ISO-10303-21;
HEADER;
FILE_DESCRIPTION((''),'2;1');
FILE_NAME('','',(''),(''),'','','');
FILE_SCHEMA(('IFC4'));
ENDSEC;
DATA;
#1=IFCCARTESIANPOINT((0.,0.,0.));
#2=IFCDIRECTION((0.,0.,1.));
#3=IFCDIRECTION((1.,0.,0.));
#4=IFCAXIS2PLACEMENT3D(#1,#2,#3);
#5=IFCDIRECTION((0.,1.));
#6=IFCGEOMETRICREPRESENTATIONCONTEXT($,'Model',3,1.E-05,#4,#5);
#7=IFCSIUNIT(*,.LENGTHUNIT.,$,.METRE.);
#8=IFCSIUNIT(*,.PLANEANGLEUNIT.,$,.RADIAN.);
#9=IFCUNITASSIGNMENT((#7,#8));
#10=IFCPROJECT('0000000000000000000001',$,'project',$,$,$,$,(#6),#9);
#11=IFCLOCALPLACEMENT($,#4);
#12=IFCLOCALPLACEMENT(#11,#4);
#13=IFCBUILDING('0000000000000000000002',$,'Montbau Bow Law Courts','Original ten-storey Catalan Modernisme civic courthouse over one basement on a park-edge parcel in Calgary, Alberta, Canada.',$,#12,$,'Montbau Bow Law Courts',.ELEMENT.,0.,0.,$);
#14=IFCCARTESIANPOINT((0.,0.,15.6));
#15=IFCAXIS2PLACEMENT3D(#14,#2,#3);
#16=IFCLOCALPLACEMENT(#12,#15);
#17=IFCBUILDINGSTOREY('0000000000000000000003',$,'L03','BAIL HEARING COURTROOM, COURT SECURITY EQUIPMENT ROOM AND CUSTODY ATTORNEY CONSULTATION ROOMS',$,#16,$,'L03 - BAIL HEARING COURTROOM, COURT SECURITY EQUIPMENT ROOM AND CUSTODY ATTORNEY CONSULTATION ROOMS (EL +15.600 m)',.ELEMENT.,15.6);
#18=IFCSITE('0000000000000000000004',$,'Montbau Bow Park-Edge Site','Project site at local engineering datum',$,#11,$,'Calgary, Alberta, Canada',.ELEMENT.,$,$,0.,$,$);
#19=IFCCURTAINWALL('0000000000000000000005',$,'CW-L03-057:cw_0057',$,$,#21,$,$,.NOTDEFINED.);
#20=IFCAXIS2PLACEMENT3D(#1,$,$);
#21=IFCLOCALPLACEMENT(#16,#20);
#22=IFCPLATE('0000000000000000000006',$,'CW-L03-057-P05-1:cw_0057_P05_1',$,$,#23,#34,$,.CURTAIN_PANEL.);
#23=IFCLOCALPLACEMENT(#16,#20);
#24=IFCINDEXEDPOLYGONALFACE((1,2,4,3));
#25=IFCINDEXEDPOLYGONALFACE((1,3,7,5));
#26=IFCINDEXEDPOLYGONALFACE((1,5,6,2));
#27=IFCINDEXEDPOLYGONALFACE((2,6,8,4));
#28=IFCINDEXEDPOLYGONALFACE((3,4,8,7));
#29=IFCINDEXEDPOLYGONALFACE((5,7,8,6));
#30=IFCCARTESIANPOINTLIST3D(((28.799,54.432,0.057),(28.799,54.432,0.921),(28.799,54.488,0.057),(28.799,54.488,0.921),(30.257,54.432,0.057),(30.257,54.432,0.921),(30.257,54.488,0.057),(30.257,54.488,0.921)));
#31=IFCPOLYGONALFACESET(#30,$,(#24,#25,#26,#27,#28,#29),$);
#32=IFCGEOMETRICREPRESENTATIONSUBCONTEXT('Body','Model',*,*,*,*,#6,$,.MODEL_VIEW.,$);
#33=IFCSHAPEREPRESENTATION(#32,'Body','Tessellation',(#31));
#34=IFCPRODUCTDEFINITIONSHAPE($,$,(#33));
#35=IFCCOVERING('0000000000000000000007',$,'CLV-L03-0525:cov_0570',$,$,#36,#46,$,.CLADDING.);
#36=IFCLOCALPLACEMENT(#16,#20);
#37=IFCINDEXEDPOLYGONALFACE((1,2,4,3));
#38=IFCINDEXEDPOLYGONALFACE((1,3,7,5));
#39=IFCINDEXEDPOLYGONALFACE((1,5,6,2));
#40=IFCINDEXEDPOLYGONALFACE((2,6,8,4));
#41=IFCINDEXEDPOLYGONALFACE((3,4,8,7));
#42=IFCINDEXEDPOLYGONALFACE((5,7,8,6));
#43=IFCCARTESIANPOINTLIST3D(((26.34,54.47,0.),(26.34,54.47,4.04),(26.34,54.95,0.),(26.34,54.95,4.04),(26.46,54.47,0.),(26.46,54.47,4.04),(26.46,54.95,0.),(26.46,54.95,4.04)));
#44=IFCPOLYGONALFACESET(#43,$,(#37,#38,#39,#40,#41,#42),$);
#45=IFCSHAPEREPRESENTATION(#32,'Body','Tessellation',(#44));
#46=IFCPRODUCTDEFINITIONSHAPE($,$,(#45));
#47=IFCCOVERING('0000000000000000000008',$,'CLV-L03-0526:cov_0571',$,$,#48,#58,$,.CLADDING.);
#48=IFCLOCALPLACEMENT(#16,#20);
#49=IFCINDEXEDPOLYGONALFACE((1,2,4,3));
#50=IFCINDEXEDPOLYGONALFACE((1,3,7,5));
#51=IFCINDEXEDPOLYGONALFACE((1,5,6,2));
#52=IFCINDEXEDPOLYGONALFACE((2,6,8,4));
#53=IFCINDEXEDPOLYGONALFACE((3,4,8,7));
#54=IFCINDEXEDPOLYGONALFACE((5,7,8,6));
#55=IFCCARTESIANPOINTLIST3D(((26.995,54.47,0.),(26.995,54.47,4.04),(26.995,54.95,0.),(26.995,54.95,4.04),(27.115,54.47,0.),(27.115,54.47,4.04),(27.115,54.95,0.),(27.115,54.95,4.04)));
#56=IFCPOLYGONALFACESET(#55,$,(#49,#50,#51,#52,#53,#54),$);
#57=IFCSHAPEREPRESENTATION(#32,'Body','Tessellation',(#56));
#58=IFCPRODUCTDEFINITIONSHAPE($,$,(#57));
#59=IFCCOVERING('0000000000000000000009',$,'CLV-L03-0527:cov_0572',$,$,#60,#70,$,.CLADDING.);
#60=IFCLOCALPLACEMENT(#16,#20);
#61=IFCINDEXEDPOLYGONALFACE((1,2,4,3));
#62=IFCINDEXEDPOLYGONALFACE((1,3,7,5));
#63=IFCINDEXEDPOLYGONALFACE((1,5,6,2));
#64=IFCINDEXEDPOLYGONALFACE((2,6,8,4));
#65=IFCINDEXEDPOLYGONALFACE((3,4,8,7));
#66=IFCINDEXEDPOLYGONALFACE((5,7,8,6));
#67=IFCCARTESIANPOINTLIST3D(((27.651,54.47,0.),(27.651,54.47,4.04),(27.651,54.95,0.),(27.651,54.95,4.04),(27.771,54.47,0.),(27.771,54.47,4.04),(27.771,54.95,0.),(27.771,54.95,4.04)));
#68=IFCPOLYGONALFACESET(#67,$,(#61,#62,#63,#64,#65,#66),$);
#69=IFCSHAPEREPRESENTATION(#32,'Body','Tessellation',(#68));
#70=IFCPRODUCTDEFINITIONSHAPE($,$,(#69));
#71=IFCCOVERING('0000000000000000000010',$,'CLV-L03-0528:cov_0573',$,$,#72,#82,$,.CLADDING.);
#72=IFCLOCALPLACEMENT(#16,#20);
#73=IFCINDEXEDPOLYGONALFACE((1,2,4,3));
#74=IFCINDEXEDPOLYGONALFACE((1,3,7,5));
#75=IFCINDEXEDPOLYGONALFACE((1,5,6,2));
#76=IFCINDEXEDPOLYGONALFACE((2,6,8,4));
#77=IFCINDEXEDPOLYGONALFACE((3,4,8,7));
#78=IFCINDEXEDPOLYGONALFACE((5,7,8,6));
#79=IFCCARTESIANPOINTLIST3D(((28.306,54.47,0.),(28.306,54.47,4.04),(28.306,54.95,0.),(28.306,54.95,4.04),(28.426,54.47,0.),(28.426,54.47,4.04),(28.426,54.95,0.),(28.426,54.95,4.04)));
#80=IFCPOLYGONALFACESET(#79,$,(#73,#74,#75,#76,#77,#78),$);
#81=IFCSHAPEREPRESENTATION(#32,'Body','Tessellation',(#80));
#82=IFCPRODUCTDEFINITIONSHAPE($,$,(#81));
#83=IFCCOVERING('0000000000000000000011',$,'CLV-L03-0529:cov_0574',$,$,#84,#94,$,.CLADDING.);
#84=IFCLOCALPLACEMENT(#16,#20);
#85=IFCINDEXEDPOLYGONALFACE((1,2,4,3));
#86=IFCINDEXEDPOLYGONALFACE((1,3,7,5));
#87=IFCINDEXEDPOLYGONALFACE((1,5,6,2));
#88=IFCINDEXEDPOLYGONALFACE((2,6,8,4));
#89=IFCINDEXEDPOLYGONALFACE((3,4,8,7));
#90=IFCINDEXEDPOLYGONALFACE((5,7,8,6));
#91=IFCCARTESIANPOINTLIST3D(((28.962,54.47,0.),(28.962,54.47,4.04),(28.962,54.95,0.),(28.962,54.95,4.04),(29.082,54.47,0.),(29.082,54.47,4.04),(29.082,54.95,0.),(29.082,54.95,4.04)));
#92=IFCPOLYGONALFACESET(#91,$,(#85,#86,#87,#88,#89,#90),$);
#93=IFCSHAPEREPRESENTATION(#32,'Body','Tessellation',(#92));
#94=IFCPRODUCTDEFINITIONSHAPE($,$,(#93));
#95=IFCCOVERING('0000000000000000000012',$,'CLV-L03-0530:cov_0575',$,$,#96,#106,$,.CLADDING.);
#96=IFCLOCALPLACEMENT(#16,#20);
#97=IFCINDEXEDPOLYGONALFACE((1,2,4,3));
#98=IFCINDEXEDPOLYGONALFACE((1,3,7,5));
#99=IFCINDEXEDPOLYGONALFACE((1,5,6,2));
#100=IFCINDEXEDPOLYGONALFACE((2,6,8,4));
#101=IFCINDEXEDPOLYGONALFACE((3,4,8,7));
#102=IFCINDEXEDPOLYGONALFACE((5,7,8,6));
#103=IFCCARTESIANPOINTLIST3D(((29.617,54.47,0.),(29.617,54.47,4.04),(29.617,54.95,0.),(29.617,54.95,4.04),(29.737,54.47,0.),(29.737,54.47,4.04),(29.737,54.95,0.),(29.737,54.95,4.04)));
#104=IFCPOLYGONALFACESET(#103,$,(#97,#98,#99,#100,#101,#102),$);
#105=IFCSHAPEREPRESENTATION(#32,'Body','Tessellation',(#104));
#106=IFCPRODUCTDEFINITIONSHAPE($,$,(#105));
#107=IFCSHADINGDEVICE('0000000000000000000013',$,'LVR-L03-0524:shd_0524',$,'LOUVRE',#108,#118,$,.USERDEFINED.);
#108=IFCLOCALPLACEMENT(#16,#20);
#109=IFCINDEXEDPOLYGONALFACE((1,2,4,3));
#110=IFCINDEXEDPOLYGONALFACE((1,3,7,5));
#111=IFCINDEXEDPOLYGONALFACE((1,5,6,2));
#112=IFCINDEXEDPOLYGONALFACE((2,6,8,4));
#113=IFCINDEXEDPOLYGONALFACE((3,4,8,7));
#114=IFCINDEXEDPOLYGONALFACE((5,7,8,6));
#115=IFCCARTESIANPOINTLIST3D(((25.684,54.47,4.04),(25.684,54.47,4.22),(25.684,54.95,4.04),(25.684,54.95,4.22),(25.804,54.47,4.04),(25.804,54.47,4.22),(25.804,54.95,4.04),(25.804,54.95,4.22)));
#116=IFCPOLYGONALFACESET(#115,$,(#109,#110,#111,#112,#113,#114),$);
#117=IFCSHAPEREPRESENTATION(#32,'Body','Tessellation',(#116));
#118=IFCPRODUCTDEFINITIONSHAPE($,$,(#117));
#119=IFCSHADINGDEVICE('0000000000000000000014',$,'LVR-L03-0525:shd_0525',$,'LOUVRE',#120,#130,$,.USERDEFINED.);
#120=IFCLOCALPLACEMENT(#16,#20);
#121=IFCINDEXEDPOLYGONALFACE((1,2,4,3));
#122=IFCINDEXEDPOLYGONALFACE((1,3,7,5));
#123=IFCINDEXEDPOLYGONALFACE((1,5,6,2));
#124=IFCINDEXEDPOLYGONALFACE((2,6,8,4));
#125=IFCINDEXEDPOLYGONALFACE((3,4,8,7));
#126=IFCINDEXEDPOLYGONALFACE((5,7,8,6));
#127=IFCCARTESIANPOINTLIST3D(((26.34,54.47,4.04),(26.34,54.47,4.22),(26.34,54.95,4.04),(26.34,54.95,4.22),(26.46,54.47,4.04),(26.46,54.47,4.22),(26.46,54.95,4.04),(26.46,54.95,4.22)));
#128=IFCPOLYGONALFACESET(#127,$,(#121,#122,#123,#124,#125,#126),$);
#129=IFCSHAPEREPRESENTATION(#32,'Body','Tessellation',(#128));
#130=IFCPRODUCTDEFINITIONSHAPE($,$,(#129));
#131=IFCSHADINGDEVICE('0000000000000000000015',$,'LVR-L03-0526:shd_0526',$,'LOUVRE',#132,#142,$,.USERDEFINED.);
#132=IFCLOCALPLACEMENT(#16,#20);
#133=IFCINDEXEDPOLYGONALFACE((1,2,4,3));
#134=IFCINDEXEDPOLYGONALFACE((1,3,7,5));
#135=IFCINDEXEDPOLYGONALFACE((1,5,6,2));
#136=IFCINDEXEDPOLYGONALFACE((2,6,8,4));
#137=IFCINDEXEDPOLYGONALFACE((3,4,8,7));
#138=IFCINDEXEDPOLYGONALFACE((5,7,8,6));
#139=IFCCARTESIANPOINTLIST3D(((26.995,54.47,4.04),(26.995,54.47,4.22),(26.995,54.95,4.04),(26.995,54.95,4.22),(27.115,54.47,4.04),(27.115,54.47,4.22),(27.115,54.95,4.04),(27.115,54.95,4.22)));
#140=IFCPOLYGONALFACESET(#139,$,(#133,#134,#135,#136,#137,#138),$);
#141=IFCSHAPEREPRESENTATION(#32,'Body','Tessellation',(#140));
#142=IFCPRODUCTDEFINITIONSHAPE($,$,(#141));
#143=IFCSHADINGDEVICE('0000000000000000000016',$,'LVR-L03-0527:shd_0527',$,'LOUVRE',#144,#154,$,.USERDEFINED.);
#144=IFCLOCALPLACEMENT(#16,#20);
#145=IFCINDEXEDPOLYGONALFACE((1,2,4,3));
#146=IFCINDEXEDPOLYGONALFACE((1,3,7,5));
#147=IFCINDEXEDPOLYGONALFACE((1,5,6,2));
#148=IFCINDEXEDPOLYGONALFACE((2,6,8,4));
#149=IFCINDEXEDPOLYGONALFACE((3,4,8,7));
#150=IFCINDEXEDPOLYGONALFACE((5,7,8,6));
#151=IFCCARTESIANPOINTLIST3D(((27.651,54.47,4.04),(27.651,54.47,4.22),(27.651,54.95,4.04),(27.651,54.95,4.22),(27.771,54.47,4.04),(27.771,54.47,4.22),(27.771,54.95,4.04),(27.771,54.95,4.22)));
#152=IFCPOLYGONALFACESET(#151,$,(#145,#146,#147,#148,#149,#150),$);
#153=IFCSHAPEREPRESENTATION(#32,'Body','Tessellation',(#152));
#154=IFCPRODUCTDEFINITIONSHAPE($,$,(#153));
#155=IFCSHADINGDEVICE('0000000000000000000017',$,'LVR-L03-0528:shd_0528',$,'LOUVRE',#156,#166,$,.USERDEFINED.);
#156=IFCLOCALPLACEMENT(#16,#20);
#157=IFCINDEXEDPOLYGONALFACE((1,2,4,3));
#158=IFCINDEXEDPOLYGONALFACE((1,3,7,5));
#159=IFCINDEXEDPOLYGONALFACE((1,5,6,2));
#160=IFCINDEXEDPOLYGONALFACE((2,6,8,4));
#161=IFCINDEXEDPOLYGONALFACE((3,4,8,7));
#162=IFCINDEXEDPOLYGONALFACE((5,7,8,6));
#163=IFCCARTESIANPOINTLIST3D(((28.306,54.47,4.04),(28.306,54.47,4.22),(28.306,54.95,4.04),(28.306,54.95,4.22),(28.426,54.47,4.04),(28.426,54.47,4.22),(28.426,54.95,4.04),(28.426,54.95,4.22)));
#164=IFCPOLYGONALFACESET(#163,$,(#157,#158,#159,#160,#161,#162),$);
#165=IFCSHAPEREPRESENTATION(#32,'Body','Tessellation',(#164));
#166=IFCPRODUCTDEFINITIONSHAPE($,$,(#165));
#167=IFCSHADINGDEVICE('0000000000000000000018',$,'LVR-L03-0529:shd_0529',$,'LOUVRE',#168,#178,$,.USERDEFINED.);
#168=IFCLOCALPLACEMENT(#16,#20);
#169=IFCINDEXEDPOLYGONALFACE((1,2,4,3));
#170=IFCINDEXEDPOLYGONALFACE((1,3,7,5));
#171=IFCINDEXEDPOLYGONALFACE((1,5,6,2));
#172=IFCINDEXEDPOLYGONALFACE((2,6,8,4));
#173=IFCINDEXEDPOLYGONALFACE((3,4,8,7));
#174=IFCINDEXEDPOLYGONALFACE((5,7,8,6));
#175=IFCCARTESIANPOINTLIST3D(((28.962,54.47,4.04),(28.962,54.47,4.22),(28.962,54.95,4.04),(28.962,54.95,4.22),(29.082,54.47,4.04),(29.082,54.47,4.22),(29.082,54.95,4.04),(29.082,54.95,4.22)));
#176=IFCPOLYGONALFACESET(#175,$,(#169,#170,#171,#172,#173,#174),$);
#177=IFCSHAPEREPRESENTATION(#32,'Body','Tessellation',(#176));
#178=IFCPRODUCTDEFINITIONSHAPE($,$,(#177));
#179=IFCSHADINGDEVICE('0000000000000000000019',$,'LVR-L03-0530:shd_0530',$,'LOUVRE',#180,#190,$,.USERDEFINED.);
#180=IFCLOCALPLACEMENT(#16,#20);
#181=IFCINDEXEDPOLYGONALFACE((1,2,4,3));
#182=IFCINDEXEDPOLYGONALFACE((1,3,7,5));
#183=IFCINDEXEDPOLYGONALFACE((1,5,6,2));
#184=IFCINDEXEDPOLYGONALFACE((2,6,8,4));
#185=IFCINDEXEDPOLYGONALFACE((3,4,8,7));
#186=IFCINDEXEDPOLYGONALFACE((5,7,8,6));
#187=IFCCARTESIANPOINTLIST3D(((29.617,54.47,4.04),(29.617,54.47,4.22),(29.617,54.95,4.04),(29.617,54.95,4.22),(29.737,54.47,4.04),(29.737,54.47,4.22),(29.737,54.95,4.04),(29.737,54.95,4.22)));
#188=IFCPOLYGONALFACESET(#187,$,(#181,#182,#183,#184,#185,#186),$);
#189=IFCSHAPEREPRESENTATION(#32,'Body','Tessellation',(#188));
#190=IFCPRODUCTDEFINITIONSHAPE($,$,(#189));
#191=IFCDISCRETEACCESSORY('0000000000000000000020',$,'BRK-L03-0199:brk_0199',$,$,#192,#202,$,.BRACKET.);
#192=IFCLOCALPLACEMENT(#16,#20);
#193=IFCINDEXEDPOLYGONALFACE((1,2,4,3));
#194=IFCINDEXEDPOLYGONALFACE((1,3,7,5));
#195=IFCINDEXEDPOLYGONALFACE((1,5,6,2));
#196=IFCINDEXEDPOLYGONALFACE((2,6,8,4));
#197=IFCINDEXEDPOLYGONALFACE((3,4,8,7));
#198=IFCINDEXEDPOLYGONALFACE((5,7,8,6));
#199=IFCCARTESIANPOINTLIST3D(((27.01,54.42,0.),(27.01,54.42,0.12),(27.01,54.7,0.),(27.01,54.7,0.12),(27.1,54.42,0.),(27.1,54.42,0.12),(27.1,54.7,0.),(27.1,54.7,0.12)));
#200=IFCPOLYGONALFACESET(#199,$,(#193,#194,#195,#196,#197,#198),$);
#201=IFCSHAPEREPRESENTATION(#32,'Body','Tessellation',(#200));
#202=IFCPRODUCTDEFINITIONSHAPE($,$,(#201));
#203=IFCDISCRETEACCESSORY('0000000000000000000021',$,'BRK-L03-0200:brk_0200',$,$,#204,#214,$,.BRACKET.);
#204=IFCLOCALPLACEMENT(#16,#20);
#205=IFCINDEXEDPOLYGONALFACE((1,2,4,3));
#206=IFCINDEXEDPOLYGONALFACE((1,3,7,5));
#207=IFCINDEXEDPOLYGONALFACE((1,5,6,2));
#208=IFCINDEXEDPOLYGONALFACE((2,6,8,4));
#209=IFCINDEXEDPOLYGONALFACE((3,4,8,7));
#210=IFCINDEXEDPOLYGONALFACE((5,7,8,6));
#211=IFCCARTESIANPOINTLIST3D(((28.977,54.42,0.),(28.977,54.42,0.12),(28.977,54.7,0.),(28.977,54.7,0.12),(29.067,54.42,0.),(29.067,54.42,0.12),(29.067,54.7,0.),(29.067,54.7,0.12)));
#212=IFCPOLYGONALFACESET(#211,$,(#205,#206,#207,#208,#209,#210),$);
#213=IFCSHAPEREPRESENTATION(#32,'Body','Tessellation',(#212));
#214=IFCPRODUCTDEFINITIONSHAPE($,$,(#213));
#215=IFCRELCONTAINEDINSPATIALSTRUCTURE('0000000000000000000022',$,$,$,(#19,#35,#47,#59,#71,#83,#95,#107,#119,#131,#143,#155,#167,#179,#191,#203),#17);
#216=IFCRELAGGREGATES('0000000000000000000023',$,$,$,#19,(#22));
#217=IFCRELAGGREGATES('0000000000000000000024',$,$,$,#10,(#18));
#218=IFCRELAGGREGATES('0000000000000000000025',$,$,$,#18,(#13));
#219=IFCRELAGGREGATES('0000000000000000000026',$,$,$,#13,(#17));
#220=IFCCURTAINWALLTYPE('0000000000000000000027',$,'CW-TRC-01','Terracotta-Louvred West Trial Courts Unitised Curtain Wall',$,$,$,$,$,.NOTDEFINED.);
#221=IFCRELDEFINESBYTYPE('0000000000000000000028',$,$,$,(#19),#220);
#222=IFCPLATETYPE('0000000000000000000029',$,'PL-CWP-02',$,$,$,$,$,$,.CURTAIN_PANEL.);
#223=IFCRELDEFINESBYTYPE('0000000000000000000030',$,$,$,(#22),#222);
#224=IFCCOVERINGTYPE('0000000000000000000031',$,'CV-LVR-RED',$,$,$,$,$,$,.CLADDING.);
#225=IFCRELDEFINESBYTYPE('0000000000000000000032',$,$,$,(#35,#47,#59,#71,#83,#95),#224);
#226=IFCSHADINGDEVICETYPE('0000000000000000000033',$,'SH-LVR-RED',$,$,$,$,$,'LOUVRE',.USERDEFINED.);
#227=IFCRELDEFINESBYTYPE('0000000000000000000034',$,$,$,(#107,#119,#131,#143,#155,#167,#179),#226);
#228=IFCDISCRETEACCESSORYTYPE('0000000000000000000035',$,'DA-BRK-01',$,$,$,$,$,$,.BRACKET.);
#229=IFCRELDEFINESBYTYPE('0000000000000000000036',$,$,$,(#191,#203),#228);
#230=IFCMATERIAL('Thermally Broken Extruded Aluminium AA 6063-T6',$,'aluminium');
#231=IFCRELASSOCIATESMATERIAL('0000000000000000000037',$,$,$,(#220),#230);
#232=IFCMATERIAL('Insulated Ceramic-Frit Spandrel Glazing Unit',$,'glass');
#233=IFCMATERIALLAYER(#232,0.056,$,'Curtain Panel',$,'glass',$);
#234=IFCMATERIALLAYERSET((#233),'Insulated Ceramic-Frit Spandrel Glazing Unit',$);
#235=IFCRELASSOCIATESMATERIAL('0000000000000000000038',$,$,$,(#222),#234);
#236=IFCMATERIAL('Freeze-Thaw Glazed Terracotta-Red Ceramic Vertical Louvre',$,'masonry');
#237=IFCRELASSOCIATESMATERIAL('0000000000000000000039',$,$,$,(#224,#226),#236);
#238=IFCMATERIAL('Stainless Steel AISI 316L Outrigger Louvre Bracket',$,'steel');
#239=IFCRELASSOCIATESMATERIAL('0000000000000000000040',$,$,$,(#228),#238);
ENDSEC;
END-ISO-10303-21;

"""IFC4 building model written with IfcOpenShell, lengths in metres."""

from ifc_helpers import new_model, si_unit, direction, frame, frame_2d, origin_with_axes, origin_2d_with_axis, place, context, subcontext, project, spatial, rectangle, extrude, material, layer, layer_set, type_object, element, aggregate, save


model = new_model("IFC4")

# Units and contexts
model_context = context("Model", 3, precision=1e-05, world=origin_with_axes(), true_north=direction((0.0, 1.0)))
body_context = subcontext(model_context, "Body", "Model", "MODEL_VIEW")
ifc_project = project(units=[si_unit("LENGTHUNIT", "METRE"), si_unit("PLANEANGLEUNIT", "RADIAN")], contexts=[model_context])

# Site, building, storey
site_placement = place(None, origin_with_axes())
site = spatial("IfcSite", under=ifc_project, at=site_placement, Name="Montbau Bow Park-Edge Site", Description="Project site at local engineering datum", LongName="Calgary, Alberta, Canada", CompositionType="ELEMENT", RefElevation=0.0)
building_placement = place(site_placement, origin_with_axes())
building = spatial("IfcBuilding", under=site, at=building_placement, Name="Montbau Bow Law Courts", Description="Original ten-storey Catalan Modernisme civic courthouse over one basement on a park-edge parcel in Calgary, Alberta, Canada.", LongName="Montbau Bow Law Courts", CompositionType="ELEMENT", ElevationOfRefHeight=0.0, ElevationOfTerrain=0.0)
storey_placement = place(building_placement, frame((0.0, 0.0, 15.6), z_axis=(0.0, 0.0, 1.0), x_axis=(1.0, 0.0, 0.0)))
storey = spatial("IfcBuildingStorey", under=building, at=storey_placement, Name="L03", Description="BAIL HEARING COURTROOM, COURT SECURITY EQUIPMENT ROOM AND CUSTODY ATTORNEY CONSULTATION ROOMS", LongName="L03 - BAIL HEARING COURTROOM, COURT SECURITY EQUIPMENT ROOM AND CUSTODY ATTORNEY CONSULTATION ROOMS (EL +15.600 m)", CompositionType="ELEMENT", Elevation=15.6)

# Curtain wall, plate
ifc_material_1 = material(Name="Thermally Broken Extruded Aluminium AA 6063-T6", Category="aluminium")
curtain_wall_type = type_object("IfcCurtainWallType", Name="CW-TRC-01", Description="Terracotta-Louvred West Trial Courts Unitised Curtain Wall", PredefinedType="NOTDEFINED", material=ifc_material_1)
curtain_wall_placement = place(None, frame((22.467, 54.46, 15.6), z_axis=(0.0, 0.0, 1.0), x_axis=(1.0, 0.0, 0.0)))
curtain_wall = element("IfcCurtainWall", 1, at=curtain_wall_placement, inside=storey, type_object=curtain_wall_type, Name="CW-L03-057:cw_0057", PredefinedType="NOTDEFINED")
ifc_material_2 = material(Name="Insulated Ceramic-Frit Spandrel Glazing Unit", Category="glass")
ifc_layer_1 = layer(ifc_material_2, 0.056, Name="Curtain Panel", Category="glass")
ifc_layer_set_1 = layer_set([ifc_layer_1], Name="Insulated Ceramic-Frit Spandrel Glazing Unit")
plate_type_1 = type_object("IfcPlateType", Name="PL-CWP-02", PredefinedType="CURTAIN_PANEL", material=ifc_layer_set_1)
plate_1_placement = place(None, frame((28.799, 54.46, 15.657), z_axis=(0.0, -1.0, 0.0), x_axis=(1.0, 0.0, 0.0)))
plate_1 = element("IfcPlate", 2, at=plate_1_placement, type_object=plate_type_1, Name="CW-L03-057-P05-1:cw_0057_P05_1", PredefinedType="CURTAIN_PANEL", context=body_context, shape_type="SweptSolid", body=[
    extrude(rectangle(XDim=1.458, YDim=0.864, at=frame_2d((0.729, 0.432), x_axis=(1.0, 0.0))), frame((0.0, 0.0, -0.028), z_axis=(0.0, 0.0, 1.0), x_axis=(1.0, 0.0, 0.0)), (0.0, 0.0, 1.0), 0.056),
])
aggregate(curtain_wall, [plate_1])

# Coverings
ifc_material_3 = material(Name="Freeze-Thaw Glazed Terracotta-Red Ceramic Vertical Louvre", Category="masonry")
covering_type = type_object("IfcCoveringType", Name="CV-LVR-RED", PredefinedType="CLADDING", material=ifc_material_3)
for number, where, z_axis, x_axis, name in (
    (3, (26.4, 54.47, 15.6), (1.0, 0.0, 0.0), (0.0, 1.0, 0.0), "CLV-L03-0525:cov_0570"),
    (4, (27.055, 54.47, 15.6), (1.0, 0.0, 0.0), (0.0, 1.0, 0.0), "CLV-L03-0526:cov_0571"),
    (5, (27.711, 54.47, 15.6), (1.0, 0.0, 0.0), (0.0, 1.0, 0.0), "CLV-L03-0527:cov_0572"),
    (6, (28.366, 54.47, 15.6), (1.0, 0.0, 0.0), (0.0, 1.0, 0.0), "CLV-L03-0528:cov_0573"),
    (7, (29.022, 54.47, 15.6), (1.0, 0.0, 0.0), (0.0, 1.0, 0.0), "CLV-L03-0529:cov_0574"),
    (8, (29.677, 54.47, 15.6), (1.0, 0.0, 0.0), (0.0, 1.0, 0.0), "CLV-L03-0530:cov_0575"),
):
    element("IfcCovering", number, at=place(None, frame(where, z_axis=z_axis, x_axis=x_axis)), inside=storey, type_object=covering_type, Name=name, PredefinedType="CLADDING", context=body_context, shape_type="SweptSolid", body=[
        extrude(rectangle(XDim=0.48, YDim=4.04, at=frame_2d((0.24, 2.02), x_axis=(1.0, 0.0))), frame((0.0, 0.0, -0.06), z_axis=(0.0, 0.0, 1.0), x_axis=(1.0, 0.0, 0.0)), (0.0, 0.0, 1.0), 0.12),
    ])

# Shading devices
shading_device_type = type_object("IfcShadingDeviceType", Name="SH-LVR-RED", ElementType="LOUVRE", PredefinedType="USERDEFINED", material=ifc_material_3)
for number, where, z_axis, x_axis, name in (
    (9, (25.744, 54.71, 19.64), (0.0, 0.0, 1.0), (0.0, 1.0, 0.0), "LVR-L03-0524:shd_0524"),
    (10, (26.4, 54.71, 19.64), (0.0, 0.0, 1.0), (0.0, 1.0, 0.0), "LVR-L03-0525:shd_0525"),
    (11, (27.055, 54.71, 19.64), (0.0, 0.0, 1.0), (0.0, 1.0, 0.0), "LVR-L03-0526:shd_0526"),
    (12, (27.711, 54.71, 19.64), (0.0, 0.0, 1.0), (0.0, 1.0, 0.0), "LVR-L03-0527:shd_0527"),
    (13, (28.366, 54.71, 19.64), (0.0, 0.0, 1.0), (0.0, 1.0, 0.0), "LVR-L03-0528:shd_0528"),
    (14, (29.022, 54.71, 19.64), (0.0, 0.0, 1.0), (0.0, 1.0, 0.0), "LVR-L03-0529:shd_0529"),
    (15, (29.677, 54.71, 19.64), (0.0, 0.0, 1.0), (0.0, 1.0, 0.0), "LVR-L03-0530:shd_0530"),
):
    element("IfcShadingDevice", number, at=place(None, frame(where, z_axis=z_axis, x_axis=x_axis)), inside=storey, type_object=shading_device_type, Name=name, ObjectType="LOUVRE", PredefinedType="USERDEFINED", context=body_context, shape_type="SweptSolid", body=[
        extrude(rectangle(XDim=0.48, YDim=0.12, at=origin_2d_with_axis()), origin_with_axes(), (0.0, 0.0, 1.0), 0.18),
    ])

# Discrete accessories
ifc_material_4 = material(Name="Stainless Steel AISI 316L Outrigger Louvre Bracket", Category="steel")
discrete_accessory_type = type_object("IfcDiscreteAccessoryType", Name="DA-BRK-01", PredefinedType="BRACKET", material=ifc_material_4)
for number, where, z_axis, x_axis, name in (
    (16, (27.055, 54.56, 15.6), (0.0, 0.0, 1.0), (0.0, 1.0, 0.0), "BRK-L03-0199:brk_0199"),
    (17, (29.022, 54.56, 15.6), (0.0, 0.0, 1.0), (0.0, 1.0, 0.0), "BRK-L03-0200:brk_0200"),
):
    element("IfcDiscreteAccessory", number, at=place(None, frame(where, z_axis=z_axis, x_axis=x_axis)), inside=storey, type_object=discrete_accessory_type, Name=name, PredefinedType="BRACKET", context=body_context, shape_type="SweptSolid", body=[
        extrude(rectangle(XDim=0.28, YDim=0.09, at=origin_2d_with_axis()), origin_with_axes(), (0.0, 0.0, 1.0), 0.12),
    ])

save(model, "model.ifc")
